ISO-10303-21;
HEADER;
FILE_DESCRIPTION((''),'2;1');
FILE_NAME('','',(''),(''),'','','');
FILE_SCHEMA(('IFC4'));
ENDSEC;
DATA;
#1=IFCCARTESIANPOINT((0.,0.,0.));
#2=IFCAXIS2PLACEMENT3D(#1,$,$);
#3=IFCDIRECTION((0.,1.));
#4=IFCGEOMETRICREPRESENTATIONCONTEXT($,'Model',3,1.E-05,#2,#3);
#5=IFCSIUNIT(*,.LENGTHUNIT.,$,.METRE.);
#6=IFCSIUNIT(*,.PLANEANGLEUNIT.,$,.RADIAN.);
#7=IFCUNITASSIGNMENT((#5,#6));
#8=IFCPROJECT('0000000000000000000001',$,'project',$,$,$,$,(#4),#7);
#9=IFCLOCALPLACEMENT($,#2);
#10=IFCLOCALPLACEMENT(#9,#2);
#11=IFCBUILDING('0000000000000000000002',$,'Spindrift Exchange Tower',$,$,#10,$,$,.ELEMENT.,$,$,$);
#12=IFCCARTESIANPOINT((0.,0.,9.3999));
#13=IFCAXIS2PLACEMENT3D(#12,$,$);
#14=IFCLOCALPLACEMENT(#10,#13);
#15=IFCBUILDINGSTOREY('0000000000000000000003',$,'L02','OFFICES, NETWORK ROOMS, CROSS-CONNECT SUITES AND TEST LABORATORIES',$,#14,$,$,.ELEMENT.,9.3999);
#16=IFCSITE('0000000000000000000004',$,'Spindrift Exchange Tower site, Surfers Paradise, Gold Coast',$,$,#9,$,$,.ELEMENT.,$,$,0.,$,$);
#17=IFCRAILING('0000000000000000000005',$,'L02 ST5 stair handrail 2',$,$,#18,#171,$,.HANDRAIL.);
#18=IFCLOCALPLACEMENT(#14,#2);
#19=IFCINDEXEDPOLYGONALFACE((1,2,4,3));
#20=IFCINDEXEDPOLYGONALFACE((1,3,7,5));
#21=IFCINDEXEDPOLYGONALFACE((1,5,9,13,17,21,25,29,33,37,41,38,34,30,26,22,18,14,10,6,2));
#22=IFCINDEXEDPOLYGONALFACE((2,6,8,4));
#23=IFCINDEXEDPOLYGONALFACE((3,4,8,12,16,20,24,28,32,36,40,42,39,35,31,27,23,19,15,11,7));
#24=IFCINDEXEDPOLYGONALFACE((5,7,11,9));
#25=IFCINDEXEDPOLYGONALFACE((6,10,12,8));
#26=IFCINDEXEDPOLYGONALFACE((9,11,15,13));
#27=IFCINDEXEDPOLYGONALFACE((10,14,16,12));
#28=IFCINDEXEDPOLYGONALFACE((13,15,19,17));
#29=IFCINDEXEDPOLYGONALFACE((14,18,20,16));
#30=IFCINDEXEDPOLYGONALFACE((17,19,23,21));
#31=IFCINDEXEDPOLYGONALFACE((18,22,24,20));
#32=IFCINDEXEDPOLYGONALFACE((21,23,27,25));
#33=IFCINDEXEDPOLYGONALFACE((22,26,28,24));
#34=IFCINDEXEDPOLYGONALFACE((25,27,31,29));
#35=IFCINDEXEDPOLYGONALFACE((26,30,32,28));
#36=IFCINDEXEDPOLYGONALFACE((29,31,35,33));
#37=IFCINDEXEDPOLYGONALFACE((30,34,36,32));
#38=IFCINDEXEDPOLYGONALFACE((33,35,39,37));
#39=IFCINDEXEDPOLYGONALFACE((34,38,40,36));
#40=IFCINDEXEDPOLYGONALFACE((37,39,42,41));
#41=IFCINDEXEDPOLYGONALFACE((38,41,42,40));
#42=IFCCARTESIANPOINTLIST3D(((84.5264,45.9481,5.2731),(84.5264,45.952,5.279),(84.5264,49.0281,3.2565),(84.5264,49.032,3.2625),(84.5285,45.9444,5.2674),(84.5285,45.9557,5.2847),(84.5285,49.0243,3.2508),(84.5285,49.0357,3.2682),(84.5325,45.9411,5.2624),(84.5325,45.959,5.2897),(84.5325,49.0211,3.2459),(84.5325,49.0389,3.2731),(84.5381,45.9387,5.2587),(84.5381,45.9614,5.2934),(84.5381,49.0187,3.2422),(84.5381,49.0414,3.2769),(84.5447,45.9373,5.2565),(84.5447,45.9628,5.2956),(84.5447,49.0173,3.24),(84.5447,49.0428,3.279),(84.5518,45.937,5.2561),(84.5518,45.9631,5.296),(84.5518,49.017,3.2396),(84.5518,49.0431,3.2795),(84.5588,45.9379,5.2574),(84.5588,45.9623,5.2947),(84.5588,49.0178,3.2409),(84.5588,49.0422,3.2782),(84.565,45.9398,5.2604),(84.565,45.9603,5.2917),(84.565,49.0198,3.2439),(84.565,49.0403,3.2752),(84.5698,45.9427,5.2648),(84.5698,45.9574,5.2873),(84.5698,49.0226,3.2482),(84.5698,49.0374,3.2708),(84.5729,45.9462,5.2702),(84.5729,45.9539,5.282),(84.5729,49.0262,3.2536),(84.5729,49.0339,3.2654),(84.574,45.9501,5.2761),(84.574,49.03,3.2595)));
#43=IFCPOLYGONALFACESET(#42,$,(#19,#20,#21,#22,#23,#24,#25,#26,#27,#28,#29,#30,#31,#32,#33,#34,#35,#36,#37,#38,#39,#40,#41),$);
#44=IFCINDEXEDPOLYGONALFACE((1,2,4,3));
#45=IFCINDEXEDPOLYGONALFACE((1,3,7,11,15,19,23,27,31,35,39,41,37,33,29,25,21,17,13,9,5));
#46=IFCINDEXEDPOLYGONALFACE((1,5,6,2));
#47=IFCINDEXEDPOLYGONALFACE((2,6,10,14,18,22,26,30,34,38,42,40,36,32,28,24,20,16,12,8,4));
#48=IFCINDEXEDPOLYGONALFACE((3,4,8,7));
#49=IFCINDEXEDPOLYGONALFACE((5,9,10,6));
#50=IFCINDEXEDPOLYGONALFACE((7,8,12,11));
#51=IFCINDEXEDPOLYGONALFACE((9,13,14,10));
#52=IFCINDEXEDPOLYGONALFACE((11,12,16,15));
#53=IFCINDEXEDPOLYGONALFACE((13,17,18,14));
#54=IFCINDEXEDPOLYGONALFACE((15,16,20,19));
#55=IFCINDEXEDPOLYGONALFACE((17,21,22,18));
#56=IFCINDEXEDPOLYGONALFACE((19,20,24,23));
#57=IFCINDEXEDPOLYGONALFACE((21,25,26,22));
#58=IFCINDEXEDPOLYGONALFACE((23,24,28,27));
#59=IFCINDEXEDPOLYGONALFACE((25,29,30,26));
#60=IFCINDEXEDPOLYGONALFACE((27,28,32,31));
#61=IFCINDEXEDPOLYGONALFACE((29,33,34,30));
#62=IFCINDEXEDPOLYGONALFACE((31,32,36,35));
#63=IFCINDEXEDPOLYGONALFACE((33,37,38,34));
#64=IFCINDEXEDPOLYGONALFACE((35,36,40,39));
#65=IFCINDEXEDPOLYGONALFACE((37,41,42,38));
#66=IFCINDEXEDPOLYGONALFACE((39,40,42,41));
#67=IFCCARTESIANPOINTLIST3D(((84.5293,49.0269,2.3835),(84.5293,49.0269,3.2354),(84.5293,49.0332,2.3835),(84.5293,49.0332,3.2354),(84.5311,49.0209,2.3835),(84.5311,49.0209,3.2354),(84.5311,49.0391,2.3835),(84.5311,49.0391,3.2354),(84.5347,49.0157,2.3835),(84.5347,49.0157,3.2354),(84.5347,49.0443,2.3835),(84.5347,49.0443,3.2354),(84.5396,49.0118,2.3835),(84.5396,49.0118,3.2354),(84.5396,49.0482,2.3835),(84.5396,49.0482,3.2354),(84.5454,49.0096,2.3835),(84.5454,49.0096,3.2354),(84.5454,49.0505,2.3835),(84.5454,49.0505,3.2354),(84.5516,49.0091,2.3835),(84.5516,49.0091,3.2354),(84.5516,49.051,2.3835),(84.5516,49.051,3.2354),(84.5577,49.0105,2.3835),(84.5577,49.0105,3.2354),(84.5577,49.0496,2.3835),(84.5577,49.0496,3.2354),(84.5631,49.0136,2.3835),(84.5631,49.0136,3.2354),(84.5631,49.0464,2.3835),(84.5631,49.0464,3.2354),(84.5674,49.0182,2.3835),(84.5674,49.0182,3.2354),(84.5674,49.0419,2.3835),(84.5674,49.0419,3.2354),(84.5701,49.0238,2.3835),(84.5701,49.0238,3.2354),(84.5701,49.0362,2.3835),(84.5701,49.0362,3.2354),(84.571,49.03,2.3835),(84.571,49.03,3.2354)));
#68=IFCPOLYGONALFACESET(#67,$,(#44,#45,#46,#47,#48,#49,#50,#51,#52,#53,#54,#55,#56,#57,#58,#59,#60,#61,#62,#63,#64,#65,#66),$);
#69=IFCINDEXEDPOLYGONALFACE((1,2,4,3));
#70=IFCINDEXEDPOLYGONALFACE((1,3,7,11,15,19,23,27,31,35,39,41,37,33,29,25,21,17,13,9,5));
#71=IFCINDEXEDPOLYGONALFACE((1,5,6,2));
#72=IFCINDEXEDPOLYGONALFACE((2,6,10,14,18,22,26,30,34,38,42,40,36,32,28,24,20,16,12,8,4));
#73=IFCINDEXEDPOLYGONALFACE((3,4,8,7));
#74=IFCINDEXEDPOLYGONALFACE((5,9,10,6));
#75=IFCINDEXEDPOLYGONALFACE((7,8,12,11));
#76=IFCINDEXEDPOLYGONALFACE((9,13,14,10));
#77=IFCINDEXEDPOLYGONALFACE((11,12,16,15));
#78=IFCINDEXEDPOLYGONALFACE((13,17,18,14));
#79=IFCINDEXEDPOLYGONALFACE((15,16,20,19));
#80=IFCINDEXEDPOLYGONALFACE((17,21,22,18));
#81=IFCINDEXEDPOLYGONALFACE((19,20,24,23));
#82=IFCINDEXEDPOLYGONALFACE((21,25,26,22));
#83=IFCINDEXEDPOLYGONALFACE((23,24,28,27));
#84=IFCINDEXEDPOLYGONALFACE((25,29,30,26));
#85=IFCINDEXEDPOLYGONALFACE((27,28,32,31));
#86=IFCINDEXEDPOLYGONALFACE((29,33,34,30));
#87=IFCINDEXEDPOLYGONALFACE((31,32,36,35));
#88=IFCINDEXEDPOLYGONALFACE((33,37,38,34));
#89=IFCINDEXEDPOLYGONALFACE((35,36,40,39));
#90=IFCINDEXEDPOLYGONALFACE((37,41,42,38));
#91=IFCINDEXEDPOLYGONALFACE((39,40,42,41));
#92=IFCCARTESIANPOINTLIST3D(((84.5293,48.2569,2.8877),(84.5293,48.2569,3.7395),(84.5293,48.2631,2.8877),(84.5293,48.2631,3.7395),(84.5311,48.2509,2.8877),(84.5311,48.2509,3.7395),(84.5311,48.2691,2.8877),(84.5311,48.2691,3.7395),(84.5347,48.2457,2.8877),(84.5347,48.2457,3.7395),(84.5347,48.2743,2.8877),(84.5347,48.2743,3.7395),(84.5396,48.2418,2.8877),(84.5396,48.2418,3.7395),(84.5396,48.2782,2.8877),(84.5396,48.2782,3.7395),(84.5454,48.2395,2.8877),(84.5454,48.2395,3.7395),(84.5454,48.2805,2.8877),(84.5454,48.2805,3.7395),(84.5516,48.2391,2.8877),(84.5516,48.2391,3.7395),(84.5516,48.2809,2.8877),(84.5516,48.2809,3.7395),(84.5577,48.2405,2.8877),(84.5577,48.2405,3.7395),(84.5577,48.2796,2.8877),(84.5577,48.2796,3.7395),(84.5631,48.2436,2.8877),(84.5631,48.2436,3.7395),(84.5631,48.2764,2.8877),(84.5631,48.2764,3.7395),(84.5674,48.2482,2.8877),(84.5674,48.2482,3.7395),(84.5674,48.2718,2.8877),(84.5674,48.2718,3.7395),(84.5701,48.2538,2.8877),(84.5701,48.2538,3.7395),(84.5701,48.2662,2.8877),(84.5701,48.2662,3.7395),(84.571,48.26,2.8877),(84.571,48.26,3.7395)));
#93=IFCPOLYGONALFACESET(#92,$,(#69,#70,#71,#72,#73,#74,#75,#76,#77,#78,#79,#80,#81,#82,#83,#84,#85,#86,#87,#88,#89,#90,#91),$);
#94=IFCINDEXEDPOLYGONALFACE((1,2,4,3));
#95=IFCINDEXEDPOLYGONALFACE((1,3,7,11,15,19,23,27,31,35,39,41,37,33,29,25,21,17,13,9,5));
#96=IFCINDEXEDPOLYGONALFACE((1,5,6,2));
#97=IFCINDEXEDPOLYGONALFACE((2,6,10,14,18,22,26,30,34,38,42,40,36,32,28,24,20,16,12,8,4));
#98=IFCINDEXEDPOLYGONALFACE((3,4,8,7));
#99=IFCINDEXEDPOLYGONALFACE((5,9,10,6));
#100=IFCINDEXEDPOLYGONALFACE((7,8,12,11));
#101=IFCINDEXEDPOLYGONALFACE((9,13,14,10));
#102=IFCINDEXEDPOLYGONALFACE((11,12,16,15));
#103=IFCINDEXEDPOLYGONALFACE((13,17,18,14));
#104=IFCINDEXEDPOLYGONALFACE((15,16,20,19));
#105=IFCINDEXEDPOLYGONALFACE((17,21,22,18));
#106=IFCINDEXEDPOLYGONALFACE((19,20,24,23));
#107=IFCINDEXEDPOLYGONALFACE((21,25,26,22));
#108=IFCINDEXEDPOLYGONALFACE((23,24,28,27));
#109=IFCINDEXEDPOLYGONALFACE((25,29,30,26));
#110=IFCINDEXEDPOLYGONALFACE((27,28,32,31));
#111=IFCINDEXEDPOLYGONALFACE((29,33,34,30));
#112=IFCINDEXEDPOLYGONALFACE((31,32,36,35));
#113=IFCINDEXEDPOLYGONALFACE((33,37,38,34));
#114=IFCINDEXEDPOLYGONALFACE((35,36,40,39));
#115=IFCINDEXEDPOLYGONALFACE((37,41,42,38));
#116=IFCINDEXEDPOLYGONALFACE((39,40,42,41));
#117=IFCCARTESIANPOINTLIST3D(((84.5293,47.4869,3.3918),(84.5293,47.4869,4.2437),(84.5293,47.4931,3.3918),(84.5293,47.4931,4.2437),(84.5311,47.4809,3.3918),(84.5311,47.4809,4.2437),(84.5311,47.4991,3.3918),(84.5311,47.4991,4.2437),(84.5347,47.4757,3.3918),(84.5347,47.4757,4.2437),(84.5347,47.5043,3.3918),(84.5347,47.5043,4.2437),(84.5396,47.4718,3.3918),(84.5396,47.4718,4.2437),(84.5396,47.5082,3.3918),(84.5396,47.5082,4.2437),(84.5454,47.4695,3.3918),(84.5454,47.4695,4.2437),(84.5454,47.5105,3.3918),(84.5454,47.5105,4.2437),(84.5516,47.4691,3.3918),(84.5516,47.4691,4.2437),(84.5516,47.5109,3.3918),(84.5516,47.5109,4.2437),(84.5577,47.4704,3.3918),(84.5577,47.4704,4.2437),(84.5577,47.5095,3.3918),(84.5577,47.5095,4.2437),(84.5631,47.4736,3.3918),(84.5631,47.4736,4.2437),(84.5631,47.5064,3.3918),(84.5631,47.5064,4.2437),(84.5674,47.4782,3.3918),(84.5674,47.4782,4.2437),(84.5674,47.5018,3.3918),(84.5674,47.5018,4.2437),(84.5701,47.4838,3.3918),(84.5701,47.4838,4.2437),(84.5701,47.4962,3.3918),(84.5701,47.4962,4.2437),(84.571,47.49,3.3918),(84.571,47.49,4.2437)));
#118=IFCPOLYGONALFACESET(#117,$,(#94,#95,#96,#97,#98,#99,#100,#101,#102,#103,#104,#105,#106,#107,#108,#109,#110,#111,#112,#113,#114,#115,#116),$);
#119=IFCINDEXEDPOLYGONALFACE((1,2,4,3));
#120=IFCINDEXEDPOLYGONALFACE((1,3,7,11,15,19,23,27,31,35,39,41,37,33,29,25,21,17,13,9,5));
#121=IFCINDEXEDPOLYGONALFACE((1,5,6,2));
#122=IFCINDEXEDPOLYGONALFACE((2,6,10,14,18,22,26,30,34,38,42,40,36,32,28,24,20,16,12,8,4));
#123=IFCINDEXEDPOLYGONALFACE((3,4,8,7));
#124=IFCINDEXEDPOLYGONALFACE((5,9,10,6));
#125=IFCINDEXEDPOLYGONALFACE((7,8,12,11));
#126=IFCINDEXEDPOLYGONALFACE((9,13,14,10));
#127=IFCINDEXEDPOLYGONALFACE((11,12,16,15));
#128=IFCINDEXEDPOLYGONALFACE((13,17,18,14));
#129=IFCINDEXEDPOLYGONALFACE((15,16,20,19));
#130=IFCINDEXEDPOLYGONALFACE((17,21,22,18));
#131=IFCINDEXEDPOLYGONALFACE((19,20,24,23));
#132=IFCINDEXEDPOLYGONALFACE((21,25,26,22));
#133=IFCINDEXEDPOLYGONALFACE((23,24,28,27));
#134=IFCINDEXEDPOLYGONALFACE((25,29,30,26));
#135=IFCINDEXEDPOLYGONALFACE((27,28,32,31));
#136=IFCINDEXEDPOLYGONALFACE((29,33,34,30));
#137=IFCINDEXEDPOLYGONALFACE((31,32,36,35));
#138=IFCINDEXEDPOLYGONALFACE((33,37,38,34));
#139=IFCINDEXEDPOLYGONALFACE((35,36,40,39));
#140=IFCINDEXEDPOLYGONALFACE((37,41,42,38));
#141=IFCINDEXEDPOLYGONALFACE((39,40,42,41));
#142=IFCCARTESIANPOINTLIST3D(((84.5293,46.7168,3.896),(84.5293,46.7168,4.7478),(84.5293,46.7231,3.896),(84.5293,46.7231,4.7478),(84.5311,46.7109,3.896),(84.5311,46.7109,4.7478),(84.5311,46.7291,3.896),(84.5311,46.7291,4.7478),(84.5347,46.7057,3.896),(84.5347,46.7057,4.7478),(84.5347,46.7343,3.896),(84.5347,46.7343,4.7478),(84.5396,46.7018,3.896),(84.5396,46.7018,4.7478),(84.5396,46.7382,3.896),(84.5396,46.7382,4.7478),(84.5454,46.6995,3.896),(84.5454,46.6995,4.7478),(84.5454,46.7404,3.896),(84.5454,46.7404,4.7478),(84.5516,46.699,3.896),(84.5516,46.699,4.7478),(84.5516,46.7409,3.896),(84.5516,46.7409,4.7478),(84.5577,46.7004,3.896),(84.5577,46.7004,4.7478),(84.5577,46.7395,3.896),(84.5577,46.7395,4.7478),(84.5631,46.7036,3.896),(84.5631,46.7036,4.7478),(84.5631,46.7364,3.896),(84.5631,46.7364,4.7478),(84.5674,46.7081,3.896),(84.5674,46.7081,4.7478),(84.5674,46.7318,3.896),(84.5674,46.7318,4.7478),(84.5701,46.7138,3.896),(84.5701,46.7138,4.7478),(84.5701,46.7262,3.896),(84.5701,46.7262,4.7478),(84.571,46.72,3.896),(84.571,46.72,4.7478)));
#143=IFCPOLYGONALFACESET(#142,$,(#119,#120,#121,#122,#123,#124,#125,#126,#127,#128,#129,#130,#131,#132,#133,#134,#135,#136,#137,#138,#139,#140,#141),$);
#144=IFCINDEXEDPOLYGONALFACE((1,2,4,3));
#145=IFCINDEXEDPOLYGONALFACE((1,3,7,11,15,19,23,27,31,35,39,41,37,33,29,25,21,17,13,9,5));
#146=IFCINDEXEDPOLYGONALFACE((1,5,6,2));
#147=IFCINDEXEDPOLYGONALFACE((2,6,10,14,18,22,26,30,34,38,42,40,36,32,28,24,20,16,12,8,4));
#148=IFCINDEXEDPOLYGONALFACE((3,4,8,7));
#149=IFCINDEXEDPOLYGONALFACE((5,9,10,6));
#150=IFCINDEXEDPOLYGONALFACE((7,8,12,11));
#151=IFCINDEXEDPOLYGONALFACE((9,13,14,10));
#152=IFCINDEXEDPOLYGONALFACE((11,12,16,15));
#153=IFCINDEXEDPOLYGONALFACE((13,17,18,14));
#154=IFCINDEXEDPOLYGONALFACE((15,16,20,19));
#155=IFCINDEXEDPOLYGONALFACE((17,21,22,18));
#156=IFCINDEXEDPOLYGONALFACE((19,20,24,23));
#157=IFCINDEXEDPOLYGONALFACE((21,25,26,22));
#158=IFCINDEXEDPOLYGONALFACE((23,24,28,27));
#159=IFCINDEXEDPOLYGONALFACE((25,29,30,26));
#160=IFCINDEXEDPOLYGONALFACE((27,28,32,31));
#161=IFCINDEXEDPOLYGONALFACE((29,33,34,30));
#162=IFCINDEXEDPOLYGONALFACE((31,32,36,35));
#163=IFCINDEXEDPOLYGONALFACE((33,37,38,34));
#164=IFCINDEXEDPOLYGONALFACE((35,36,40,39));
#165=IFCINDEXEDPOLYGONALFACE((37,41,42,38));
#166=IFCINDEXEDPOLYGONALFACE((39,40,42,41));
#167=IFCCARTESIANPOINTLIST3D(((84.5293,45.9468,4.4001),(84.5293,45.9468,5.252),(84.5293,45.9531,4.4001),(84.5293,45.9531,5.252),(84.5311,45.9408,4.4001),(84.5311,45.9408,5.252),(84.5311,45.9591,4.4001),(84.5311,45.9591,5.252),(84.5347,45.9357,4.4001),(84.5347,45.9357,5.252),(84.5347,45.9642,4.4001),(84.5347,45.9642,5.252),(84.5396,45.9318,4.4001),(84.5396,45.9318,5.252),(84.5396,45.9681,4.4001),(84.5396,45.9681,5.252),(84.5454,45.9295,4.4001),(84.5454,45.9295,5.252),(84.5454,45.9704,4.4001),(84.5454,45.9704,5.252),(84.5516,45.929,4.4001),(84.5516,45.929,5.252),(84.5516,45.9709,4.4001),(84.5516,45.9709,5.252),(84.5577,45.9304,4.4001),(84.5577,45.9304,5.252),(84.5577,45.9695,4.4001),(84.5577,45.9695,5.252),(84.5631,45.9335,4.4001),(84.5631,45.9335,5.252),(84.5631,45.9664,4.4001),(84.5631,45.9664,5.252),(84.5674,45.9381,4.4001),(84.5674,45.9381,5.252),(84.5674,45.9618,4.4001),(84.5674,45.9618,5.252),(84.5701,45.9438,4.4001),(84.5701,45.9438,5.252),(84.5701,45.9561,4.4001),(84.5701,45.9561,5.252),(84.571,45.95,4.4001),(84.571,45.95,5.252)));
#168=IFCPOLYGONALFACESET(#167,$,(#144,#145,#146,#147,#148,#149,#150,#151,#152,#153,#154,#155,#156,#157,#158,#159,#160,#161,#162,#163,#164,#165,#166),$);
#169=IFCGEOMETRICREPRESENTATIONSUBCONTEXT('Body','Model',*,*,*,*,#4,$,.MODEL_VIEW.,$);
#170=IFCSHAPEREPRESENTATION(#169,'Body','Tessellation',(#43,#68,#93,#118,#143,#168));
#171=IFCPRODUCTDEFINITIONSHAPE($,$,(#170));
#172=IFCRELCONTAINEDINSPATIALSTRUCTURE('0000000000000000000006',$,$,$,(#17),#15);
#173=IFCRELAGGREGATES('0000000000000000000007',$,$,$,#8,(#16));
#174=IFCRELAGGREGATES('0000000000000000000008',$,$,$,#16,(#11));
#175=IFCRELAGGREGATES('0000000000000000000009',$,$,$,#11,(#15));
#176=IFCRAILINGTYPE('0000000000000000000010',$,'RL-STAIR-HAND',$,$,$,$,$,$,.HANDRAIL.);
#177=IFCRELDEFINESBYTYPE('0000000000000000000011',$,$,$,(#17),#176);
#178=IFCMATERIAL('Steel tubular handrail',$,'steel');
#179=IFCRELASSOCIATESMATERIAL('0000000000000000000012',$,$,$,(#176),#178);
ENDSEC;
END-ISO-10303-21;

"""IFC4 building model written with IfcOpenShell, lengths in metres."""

from ifc_helpers import new_model, si_unit, direction, frame, origin, origin_2d, place, context, subcontext, project, spatial, circle, extrude, material, type_object, element, save


model = new_model("IFC4")

# Units and contexts
model_context = context("Model", 3, precision=1e-05, world=origin(), true_north=direction((0.0, 1.0)))
body_context = subcontext(model_context, "Body", "Model", "MODEL_VIEW")
ifc_project = project(units=[si_unit("LENGTHUNIT", "METRE"), si_unit("PLANEANGLEUNIT", "RADIAN")], contexts=[model_context])

# Site, building, storey
site_placement = place(None, origin())
site = spatial("IfcSite", under=ifc_project, at=site_placement, Name="Spindrift Exchange Tower site, Surfers Paradise, Gold Coast", CompositionType="ELEMENT", RefElevation=0.0)
building_placement = place(site_placement, origin())
building = spatial("IfcBuilding", under=site, at=building_placement, Name="Spindrift Exchange Tower", CompositionType="ELEMENT")
storey_placement = place(building_placement, frame((0.0, 0.0, 9.3999)))
storey = spatial("IfcBuildingStorey", under=building, at=storey_placement, Name="L02", Description="OFFICES, NETWORK ROOMS, CROSS-CONNECT SUITES AND TEST LABORATORIES", CompositionType="ELEMENT", Elevation=9.3999)

# Railing
ifc_material_1 = material(Name="Steel tubular handrail", Category="steel")
railing_type_1 = type_object("IfcRailingType", Name="RL-STAIR-HAND", PredefinedType="HANDRAIL", material=ifc_material_1)
railing_1_placement = place(storey_placement, frame((84.55, 49.03, 2.3835)))
element("IfcRailing", 1, at=railing_1_placement, inside=storey, type_object=railing_type_1, Name="L02 ST5 stair handrail 2", PredefinedType="HANDRAIL", context=body_context, shape_type="SweptSolid", body=[
    extrude(circle(Radius=0.0239, at=origin_2d()), frame((0.0, 0.0, 0.876), z_axis=(0.0, -0.836633, 0.547764), x_axis=(1.0, 0.0, 0.0)), (0.0, 0.0, 1.0), 3.6814),
    extrude(circle(Radius=0.021, at=origin_2d()), origin(), (0.0, 0.0, 1.0), 0.8518),
    extrude(circle(Radius=0.021, at=origin_2d()), frame((0.0, -0.77, 0.5042)), (0.0, 0.0, 1.0), 0.8518),
    extrude(circle(Radius=0.021, at=origin_2d()), frame((0.0, -1.54, 1.0083)), (0.0, 0.0, 1.0), 0.8518),
    extrude(circle(Radius=0.021, at=origin_2d()), frame((0.0, -2.3101, 1.5125)), (0.0, 0.0, 1.0), 0.8518),
    extrude(circle(Radius=0.021, at=origin_2d()), frame((0.0, -3.0801, 2.0166)), (0.0, 0.0, 1.0), 0.8518),
])

save(model, "model.ifc")
